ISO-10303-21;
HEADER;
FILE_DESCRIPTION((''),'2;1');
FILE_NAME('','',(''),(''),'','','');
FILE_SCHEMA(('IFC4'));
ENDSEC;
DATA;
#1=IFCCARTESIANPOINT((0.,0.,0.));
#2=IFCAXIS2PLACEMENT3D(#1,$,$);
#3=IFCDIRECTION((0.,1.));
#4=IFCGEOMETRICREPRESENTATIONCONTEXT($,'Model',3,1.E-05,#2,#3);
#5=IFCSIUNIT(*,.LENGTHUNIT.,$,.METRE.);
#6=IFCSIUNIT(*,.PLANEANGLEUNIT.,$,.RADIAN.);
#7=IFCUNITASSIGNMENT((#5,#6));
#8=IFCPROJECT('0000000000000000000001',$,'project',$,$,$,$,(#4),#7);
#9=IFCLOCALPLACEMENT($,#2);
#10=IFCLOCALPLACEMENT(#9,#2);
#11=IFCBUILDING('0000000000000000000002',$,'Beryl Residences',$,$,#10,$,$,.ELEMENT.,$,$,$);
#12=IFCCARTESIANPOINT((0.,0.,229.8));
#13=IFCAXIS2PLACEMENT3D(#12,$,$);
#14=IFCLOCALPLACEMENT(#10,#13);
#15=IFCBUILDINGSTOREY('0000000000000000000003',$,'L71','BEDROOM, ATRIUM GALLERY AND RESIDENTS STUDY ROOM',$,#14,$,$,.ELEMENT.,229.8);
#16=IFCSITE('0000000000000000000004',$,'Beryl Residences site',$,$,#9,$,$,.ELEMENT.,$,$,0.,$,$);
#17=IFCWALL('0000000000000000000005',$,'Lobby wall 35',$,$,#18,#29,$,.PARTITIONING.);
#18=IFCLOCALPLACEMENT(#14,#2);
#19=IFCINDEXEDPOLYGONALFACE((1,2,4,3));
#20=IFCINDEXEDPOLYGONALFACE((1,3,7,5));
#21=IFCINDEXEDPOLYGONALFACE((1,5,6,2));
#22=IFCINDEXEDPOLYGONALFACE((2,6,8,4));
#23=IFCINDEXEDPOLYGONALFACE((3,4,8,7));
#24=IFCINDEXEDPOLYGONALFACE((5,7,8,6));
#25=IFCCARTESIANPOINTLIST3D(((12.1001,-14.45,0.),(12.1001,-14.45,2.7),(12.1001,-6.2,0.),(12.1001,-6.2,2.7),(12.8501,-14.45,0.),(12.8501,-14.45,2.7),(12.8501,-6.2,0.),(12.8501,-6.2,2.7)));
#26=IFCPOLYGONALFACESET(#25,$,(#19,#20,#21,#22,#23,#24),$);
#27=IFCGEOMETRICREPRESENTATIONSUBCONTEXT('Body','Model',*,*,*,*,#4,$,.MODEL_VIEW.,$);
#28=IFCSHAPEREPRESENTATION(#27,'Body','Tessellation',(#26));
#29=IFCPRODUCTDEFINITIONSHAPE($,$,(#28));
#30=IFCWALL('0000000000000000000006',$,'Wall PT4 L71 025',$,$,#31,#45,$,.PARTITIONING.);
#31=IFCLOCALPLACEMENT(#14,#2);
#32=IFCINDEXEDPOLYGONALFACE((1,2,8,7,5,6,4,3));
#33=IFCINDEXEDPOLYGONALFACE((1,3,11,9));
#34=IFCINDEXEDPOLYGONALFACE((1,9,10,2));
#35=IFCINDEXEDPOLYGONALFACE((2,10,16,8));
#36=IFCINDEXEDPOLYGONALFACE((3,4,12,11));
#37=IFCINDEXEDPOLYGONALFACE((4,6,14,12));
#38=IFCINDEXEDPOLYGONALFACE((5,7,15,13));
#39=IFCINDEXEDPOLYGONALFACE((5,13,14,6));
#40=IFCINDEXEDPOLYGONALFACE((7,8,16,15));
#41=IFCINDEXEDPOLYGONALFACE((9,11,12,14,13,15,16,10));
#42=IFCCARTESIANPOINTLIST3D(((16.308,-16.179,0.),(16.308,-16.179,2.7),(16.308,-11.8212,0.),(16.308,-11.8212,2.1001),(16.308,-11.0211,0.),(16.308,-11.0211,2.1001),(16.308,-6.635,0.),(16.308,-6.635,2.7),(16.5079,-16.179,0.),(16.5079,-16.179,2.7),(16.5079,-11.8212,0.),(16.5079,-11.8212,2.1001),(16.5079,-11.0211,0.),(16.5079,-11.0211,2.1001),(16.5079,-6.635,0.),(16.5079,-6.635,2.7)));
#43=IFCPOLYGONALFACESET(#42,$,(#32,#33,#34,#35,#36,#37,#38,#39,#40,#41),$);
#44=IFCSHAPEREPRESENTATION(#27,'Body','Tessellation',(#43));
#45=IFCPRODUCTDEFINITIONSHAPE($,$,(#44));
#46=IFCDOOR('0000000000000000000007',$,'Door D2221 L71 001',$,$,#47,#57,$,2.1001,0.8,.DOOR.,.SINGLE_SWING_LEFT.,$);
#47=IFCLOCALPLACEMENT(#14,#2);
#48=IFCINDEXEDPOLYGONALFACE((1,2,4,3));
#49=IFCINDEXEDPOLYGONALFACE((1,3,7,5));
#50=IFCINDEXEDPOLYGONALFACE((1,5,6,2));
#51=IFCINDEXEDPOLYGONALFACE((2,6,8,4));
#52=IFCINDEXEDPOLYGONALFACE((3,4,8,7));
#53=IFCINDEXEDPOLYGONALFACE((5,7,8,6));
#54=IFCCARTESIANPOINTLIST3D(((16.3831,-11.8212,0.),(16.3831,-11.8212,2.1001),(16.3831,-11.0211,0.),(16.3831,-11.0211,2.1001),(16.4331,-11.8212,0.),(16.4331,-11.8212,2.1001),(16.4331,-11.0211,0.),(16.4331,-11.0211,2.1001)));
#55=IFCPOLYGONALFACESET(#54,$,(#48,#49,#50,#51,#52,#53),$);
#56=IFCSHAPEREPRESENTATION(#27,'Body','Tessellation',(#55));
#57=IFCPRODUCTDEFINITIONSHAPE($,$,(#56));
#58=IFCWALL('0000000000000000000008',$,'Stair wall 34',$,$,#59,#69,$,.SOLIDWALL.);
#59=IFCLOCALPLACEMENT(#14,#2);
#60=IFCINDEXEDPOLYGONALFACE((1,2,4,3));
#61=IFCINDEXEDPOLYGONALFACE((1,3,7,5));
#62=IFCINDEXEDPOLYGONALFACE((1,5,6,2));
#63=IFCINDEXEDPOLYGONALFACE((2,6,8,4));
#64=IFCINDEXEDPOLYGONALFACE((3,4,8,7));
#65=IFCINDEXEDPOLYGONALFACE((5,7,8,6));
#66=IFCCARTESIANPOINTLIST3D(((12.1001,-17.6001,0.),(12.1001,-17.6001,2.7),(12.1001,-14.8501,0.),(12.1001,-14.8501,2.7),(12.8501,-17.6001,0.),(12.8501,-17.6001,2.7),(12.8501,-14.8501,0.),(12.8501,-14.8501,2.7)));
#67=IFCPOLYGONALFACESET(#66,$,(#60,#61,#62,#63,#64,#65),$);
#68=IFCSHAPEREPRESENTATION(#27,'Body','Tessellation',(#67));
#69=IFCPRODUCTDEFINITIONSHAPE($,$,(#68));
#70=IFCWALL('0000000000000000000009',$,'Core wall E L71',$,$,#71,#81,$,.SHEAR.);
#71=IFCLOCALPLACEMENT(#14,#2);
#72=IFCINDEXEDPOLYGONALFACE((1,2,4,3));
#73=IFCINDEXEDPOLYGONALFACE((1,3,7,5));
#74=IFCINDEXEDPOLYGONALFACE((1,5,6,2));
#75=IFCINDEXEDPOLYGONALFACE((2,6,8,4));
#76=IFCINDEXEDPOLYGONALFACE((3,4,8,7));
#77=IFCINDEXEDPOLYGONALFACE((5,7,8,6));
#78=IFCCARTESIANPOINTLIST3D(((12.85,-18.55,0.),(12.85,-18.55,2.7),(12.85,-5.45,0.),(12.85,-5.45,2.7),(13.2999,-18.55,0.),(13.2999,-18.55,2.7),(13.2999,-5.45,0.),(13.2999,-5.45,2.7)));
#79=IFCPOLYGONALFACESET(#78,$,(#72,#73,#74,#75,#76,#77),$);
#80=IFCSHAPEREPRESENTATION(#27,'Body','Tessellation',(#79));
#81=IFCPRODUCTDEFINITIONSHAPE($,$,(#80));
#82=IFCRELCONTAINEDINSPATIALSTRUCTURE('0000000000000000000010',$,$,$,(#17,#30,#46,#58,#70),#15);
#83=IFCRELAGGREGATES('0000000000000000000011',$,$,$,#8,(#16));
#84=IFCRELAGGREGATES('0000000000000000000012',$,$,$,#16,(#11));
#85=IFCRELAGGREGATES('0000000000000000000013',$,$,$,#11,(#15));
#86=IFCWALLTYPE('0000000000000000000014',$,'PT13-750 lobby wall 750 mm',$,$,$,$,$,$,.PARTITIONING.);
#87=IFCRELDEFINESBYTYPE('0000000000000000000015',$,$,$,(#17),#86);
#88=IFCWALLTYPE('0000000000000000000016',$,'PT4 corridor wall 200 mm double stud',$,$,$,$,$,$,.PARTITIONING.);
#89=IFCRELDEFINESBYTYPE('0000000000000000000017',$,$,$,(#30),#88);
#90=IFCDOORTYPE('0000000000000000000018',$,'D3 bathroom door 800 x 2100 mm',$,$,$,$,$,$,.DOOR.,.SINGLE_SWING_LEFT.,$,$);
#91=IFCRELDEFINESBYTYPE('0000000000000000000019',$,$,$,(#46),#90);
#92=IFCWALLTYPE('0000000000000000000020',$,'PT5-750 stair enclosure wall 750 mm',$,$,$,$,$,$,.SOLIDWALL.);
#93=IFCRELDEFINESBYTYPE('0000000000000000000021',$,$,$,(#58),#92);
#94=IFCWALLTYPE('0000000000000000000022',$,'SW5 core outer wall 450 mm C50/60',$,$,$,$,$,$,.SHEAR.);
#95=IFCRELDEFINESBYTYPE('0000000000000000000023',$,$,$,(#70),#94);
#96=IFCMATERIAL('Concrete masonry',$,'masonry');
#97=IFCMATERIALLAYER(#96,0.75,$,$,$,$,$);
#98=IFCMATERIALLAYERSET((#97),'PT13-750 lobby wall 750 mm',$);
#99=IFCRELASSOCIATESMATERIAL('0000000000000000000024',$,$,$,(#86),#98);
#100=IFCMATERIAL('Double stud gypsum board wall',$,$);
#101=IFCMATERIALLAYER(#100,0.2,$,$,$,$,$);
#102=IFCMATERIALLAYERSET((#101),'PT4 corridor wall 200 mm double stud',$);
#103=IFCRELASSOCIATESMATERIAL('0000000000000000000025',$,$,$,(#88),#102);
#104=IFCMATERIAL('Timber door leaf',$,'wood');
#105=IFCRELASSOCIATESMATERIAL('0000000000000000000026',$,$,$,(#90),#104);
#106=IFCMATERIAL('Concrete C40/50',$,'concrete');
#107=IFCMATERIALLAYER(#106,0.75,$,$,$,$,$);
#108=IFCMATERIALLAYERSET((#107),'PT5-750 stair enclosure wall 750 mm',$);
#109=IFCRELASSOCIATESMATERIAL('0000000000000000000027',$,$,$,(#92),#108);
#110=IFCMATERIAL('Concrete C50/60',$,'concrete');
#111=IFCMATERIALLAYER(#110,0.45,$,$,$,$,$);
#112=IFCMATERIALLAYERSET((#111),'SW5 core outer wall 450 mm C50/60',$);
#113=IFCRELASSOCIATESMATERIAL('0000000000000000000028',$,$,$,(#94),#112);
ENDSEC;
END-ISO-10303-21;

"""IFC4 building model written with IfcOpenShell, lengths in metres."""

from ifc_helpers import new_model, si_unit, direction, frame, frame_2d, origin, place, context, subcontext, project, spatial, rectangle, extrude, material, layer, layer_set, type_object, element, fill, save


model = new_model("IFC4")

# Units and contexts
model_context = context("Model", 3, precision=1e-05, world=origin(), true_north=direction((0.0, 1.0)))
body_context = subcontext(model_context, "Body", "Model", "MODEL_VIEW")
ifc_project = project(units=[si_unit("LENGTHUNIT", "METRE"), si_unit("PLANEANGLEUNIT", "RADIAN")], contexts=[model_context])

# Site, building, storey
site_placement = place(None, origin())
site = spatial("IfcSite", under=ifc_project, at=site_placement, Name="Beryl Residences site", CompositionType="ELEMENT", RefElevation=0.0)
building_placement = place(site_placement, origin())
building = spatial("IfcBuilding", under=site, at=building_placement, Name="Beryl Residences", CompositionType="ELEMENT")
storey_placement = place(building_placement, frame((0.0, 0.0, 229.8)))
storey = spatial("IfcBuildingStorey", under=building, at=storey_placement, Name="L71", Description="BEDROOM, ATRIUM GALLERY AND RESIDENTS STUDY ROOM", CompositionType="ELEMENT", Elevation=229.8)

# Wall
ifc_material_1 = material(Name="Concrete masonry", Category="masonry")
ifc_layer_1 = layer(ifc_material_1, 0.75)
ifc_layer_set_1 = layer_set([ifc_layer_1], Name="PT13-750 lobby wall 750 mm")
wall_type_1 = type_object("IfcWallType", Name="PT13-750 lobby wall 750 mm", PredefinedType="PARTITIONING", material=ifc_layer_set_1)
wall_1_placement = place(storey_placement, frame((12.4751, -14.45, 0.0), z_axis=(0.0, 0.0, 1.0), x_axis=(0.0, 1.0, 0.0)))
element("IfcWall", 1, at=wall_1_placement, inside=storey, type_object=wall_type_1, Name="Lobby wall 35", PredefinedType="PARTITIONING", context=body_context, shape_type="SweptSolid", body=[
    extrude(rectangle(XDim=8.25, YDim=0.75, at=frame_2d((4.125, 0.0))), origin(), (0.0, 0.0, 1.0), 2.7),
])

# Wall, opening, door
ifc_material_2 = material(Name="Double stud gypsum board wall")
ifc_layer_2 = layer(ifc_material_2, 0.2)
ifc_layer_set_2 = layer_set([ifc_layer_2], Name="PT4 corridor wall 200 mm double stud")
wall_type_2 = type_object("IfcWallType", Name="PT4 corridor wall 200 mm double stud", PredefinedType="PARTITIONING", material=ifc_layer_set_2)
wall_2_placement = place(storey_placement, frame((16.408, -16.179, 0.0), z_axis=(0.0, 0.0, 1.0), x_axis=(0.0, 1.0, 0.0)))
wall_2 = element("IfcWall", 2, at=wall_2_placement, inside=storey, type_object=wall_type_2, Name="Wall PT4 L71 025", PredefinedType="PARTITIONING", context=body_context, shape_type="SweptSolid", body=[
    extrude(rectangle(XDim=9.5439, YDim=0.2, at=frame_2d((4.772, 0.0))), origin(), (0.0, 0.0, 1.0), 2.7),
])
opening_1_placement = place(wall_2_placement, frame((4.3579, 0.0, 0.0)))
opening_1 = element("IfcOpeningElement", 3, at=opening_1_placement, cuts=wall_2, PredefinedType="OPENING", context=body_context, shape_type="SweptSolid", body=[
    extrude(rectangle(XDim=0.8, YDim=2.1001, at=frame_2d((0.3999, 1.05))), frame((0.0, 0.1099, 0.0), z_axis=(0.0, -1.0, 0.0), x_axis=(1.0, 0.0, 0.0)), (0.0, 0.0, 1.0), 0.22),
])
ifc_material_3 = material(Name="Timber door leaf", Category="wood")
door_type = type_object("IfcDoorType", Name="D3 bathroom door 800 x 2100 mm", OperationType="SINGLE_SWING_LEFT", PredefinedType="DOOR", material=ifc_material_3)
door_placement = place(opening_1_placement, origin())
door = element("IfcDoor", 4, at=door_placement, inside=storey, type_object=door_type, Name="Door D2221 L71 001", OperationType="SINGLE_SWING_LEFT", OverallHeight=2.1001, OverallWidth=0.8, PredefinedType="DOOR", context=body_context, shape_type="SweptSolid", body=[
    extrude(rectangle(XDim=0.8, YDim=2.1001, at=frame_2d((0.3999, 1.05))), frame((0.0, 0.0249, 0.0), z_axis=(0.0, -1.0, 0.0), x_axis=(1.0, 0.0, 0.0)), (0.0, 0.0, 1.0), 0.05),
])
fill(opening_1, door)

# Walls
ifc_material_4 = material(Name="Concrete C40/50", Category="concrete")
ifc_layer_3 = layer(ifc_material_4, 0.75)
ifc_layer_set_3 = layer_set([ifc_layer_3], Name="PT5-750 stair enclosure wall 750 mm")
wall_type_3 = type_object("IfcWallType", Name="PT5-750 stair enclosure wall 750 mm", PredefinedType="SOLIDWALL", material=ifc_layer_set_3)
wall_3_placement = place(storey_placement, frame((12.4751, -17.6001, 0.0), z_axis=(0.0, 0.0, 1.0), x_axis=(0.0, 1.0, 0.0)))
element("IfcWall", 5, at=wall_3_placement, inside=storey, type_object=wall_type_3, Name="Stair wall 34", PredefinedType="SOLIDWALL", context=body_context, shape_type="SweptSolid", body=[
    extrude(rectangle(XDim=2.75, YDim=0.75, at=frame_2d((1.375, 0.0))), origin(), (0.0, 0.0, 1.0), 2.7),
])
ifc_material_5 = material(Name="Concrete C50/60", Category="concrete")
ifc_layer_4 = layer(ifc_material_5, 0.45)
ifc_layer_set_4 = layer_set([ifc_layer_4], Name="SW5 core outer wall 450 mm C50/60")
wall_type_4 = type_object("IfcWallType", Name="SW5 core outer wall 450 mm C50/60", PredefinedType="SHEAR", material=ifc_layer_set_4)
wall_4_placement = place(storey_placement, frame((13.075, -18.55, 0.0), z_axis=(0.0, 0.0, 1.0), x_axis=(0.0, 1.0, 0.0)))
element("IfcWall", 6, at=wall_4_placement, inside=storey, type_object=wall_type_4, Name="Core wall E L71", PredefinedType="SHEAR", context=body_context, shape_type="SweptSolid", body=[
    extrude(rectangle(XDim=13.1001, YDim=0.45, at=frame_2d((6.55, 0.0))), origin(), (0.0, 0.0, 1.0), 2.7),
])

save(model, "model.ifc")
